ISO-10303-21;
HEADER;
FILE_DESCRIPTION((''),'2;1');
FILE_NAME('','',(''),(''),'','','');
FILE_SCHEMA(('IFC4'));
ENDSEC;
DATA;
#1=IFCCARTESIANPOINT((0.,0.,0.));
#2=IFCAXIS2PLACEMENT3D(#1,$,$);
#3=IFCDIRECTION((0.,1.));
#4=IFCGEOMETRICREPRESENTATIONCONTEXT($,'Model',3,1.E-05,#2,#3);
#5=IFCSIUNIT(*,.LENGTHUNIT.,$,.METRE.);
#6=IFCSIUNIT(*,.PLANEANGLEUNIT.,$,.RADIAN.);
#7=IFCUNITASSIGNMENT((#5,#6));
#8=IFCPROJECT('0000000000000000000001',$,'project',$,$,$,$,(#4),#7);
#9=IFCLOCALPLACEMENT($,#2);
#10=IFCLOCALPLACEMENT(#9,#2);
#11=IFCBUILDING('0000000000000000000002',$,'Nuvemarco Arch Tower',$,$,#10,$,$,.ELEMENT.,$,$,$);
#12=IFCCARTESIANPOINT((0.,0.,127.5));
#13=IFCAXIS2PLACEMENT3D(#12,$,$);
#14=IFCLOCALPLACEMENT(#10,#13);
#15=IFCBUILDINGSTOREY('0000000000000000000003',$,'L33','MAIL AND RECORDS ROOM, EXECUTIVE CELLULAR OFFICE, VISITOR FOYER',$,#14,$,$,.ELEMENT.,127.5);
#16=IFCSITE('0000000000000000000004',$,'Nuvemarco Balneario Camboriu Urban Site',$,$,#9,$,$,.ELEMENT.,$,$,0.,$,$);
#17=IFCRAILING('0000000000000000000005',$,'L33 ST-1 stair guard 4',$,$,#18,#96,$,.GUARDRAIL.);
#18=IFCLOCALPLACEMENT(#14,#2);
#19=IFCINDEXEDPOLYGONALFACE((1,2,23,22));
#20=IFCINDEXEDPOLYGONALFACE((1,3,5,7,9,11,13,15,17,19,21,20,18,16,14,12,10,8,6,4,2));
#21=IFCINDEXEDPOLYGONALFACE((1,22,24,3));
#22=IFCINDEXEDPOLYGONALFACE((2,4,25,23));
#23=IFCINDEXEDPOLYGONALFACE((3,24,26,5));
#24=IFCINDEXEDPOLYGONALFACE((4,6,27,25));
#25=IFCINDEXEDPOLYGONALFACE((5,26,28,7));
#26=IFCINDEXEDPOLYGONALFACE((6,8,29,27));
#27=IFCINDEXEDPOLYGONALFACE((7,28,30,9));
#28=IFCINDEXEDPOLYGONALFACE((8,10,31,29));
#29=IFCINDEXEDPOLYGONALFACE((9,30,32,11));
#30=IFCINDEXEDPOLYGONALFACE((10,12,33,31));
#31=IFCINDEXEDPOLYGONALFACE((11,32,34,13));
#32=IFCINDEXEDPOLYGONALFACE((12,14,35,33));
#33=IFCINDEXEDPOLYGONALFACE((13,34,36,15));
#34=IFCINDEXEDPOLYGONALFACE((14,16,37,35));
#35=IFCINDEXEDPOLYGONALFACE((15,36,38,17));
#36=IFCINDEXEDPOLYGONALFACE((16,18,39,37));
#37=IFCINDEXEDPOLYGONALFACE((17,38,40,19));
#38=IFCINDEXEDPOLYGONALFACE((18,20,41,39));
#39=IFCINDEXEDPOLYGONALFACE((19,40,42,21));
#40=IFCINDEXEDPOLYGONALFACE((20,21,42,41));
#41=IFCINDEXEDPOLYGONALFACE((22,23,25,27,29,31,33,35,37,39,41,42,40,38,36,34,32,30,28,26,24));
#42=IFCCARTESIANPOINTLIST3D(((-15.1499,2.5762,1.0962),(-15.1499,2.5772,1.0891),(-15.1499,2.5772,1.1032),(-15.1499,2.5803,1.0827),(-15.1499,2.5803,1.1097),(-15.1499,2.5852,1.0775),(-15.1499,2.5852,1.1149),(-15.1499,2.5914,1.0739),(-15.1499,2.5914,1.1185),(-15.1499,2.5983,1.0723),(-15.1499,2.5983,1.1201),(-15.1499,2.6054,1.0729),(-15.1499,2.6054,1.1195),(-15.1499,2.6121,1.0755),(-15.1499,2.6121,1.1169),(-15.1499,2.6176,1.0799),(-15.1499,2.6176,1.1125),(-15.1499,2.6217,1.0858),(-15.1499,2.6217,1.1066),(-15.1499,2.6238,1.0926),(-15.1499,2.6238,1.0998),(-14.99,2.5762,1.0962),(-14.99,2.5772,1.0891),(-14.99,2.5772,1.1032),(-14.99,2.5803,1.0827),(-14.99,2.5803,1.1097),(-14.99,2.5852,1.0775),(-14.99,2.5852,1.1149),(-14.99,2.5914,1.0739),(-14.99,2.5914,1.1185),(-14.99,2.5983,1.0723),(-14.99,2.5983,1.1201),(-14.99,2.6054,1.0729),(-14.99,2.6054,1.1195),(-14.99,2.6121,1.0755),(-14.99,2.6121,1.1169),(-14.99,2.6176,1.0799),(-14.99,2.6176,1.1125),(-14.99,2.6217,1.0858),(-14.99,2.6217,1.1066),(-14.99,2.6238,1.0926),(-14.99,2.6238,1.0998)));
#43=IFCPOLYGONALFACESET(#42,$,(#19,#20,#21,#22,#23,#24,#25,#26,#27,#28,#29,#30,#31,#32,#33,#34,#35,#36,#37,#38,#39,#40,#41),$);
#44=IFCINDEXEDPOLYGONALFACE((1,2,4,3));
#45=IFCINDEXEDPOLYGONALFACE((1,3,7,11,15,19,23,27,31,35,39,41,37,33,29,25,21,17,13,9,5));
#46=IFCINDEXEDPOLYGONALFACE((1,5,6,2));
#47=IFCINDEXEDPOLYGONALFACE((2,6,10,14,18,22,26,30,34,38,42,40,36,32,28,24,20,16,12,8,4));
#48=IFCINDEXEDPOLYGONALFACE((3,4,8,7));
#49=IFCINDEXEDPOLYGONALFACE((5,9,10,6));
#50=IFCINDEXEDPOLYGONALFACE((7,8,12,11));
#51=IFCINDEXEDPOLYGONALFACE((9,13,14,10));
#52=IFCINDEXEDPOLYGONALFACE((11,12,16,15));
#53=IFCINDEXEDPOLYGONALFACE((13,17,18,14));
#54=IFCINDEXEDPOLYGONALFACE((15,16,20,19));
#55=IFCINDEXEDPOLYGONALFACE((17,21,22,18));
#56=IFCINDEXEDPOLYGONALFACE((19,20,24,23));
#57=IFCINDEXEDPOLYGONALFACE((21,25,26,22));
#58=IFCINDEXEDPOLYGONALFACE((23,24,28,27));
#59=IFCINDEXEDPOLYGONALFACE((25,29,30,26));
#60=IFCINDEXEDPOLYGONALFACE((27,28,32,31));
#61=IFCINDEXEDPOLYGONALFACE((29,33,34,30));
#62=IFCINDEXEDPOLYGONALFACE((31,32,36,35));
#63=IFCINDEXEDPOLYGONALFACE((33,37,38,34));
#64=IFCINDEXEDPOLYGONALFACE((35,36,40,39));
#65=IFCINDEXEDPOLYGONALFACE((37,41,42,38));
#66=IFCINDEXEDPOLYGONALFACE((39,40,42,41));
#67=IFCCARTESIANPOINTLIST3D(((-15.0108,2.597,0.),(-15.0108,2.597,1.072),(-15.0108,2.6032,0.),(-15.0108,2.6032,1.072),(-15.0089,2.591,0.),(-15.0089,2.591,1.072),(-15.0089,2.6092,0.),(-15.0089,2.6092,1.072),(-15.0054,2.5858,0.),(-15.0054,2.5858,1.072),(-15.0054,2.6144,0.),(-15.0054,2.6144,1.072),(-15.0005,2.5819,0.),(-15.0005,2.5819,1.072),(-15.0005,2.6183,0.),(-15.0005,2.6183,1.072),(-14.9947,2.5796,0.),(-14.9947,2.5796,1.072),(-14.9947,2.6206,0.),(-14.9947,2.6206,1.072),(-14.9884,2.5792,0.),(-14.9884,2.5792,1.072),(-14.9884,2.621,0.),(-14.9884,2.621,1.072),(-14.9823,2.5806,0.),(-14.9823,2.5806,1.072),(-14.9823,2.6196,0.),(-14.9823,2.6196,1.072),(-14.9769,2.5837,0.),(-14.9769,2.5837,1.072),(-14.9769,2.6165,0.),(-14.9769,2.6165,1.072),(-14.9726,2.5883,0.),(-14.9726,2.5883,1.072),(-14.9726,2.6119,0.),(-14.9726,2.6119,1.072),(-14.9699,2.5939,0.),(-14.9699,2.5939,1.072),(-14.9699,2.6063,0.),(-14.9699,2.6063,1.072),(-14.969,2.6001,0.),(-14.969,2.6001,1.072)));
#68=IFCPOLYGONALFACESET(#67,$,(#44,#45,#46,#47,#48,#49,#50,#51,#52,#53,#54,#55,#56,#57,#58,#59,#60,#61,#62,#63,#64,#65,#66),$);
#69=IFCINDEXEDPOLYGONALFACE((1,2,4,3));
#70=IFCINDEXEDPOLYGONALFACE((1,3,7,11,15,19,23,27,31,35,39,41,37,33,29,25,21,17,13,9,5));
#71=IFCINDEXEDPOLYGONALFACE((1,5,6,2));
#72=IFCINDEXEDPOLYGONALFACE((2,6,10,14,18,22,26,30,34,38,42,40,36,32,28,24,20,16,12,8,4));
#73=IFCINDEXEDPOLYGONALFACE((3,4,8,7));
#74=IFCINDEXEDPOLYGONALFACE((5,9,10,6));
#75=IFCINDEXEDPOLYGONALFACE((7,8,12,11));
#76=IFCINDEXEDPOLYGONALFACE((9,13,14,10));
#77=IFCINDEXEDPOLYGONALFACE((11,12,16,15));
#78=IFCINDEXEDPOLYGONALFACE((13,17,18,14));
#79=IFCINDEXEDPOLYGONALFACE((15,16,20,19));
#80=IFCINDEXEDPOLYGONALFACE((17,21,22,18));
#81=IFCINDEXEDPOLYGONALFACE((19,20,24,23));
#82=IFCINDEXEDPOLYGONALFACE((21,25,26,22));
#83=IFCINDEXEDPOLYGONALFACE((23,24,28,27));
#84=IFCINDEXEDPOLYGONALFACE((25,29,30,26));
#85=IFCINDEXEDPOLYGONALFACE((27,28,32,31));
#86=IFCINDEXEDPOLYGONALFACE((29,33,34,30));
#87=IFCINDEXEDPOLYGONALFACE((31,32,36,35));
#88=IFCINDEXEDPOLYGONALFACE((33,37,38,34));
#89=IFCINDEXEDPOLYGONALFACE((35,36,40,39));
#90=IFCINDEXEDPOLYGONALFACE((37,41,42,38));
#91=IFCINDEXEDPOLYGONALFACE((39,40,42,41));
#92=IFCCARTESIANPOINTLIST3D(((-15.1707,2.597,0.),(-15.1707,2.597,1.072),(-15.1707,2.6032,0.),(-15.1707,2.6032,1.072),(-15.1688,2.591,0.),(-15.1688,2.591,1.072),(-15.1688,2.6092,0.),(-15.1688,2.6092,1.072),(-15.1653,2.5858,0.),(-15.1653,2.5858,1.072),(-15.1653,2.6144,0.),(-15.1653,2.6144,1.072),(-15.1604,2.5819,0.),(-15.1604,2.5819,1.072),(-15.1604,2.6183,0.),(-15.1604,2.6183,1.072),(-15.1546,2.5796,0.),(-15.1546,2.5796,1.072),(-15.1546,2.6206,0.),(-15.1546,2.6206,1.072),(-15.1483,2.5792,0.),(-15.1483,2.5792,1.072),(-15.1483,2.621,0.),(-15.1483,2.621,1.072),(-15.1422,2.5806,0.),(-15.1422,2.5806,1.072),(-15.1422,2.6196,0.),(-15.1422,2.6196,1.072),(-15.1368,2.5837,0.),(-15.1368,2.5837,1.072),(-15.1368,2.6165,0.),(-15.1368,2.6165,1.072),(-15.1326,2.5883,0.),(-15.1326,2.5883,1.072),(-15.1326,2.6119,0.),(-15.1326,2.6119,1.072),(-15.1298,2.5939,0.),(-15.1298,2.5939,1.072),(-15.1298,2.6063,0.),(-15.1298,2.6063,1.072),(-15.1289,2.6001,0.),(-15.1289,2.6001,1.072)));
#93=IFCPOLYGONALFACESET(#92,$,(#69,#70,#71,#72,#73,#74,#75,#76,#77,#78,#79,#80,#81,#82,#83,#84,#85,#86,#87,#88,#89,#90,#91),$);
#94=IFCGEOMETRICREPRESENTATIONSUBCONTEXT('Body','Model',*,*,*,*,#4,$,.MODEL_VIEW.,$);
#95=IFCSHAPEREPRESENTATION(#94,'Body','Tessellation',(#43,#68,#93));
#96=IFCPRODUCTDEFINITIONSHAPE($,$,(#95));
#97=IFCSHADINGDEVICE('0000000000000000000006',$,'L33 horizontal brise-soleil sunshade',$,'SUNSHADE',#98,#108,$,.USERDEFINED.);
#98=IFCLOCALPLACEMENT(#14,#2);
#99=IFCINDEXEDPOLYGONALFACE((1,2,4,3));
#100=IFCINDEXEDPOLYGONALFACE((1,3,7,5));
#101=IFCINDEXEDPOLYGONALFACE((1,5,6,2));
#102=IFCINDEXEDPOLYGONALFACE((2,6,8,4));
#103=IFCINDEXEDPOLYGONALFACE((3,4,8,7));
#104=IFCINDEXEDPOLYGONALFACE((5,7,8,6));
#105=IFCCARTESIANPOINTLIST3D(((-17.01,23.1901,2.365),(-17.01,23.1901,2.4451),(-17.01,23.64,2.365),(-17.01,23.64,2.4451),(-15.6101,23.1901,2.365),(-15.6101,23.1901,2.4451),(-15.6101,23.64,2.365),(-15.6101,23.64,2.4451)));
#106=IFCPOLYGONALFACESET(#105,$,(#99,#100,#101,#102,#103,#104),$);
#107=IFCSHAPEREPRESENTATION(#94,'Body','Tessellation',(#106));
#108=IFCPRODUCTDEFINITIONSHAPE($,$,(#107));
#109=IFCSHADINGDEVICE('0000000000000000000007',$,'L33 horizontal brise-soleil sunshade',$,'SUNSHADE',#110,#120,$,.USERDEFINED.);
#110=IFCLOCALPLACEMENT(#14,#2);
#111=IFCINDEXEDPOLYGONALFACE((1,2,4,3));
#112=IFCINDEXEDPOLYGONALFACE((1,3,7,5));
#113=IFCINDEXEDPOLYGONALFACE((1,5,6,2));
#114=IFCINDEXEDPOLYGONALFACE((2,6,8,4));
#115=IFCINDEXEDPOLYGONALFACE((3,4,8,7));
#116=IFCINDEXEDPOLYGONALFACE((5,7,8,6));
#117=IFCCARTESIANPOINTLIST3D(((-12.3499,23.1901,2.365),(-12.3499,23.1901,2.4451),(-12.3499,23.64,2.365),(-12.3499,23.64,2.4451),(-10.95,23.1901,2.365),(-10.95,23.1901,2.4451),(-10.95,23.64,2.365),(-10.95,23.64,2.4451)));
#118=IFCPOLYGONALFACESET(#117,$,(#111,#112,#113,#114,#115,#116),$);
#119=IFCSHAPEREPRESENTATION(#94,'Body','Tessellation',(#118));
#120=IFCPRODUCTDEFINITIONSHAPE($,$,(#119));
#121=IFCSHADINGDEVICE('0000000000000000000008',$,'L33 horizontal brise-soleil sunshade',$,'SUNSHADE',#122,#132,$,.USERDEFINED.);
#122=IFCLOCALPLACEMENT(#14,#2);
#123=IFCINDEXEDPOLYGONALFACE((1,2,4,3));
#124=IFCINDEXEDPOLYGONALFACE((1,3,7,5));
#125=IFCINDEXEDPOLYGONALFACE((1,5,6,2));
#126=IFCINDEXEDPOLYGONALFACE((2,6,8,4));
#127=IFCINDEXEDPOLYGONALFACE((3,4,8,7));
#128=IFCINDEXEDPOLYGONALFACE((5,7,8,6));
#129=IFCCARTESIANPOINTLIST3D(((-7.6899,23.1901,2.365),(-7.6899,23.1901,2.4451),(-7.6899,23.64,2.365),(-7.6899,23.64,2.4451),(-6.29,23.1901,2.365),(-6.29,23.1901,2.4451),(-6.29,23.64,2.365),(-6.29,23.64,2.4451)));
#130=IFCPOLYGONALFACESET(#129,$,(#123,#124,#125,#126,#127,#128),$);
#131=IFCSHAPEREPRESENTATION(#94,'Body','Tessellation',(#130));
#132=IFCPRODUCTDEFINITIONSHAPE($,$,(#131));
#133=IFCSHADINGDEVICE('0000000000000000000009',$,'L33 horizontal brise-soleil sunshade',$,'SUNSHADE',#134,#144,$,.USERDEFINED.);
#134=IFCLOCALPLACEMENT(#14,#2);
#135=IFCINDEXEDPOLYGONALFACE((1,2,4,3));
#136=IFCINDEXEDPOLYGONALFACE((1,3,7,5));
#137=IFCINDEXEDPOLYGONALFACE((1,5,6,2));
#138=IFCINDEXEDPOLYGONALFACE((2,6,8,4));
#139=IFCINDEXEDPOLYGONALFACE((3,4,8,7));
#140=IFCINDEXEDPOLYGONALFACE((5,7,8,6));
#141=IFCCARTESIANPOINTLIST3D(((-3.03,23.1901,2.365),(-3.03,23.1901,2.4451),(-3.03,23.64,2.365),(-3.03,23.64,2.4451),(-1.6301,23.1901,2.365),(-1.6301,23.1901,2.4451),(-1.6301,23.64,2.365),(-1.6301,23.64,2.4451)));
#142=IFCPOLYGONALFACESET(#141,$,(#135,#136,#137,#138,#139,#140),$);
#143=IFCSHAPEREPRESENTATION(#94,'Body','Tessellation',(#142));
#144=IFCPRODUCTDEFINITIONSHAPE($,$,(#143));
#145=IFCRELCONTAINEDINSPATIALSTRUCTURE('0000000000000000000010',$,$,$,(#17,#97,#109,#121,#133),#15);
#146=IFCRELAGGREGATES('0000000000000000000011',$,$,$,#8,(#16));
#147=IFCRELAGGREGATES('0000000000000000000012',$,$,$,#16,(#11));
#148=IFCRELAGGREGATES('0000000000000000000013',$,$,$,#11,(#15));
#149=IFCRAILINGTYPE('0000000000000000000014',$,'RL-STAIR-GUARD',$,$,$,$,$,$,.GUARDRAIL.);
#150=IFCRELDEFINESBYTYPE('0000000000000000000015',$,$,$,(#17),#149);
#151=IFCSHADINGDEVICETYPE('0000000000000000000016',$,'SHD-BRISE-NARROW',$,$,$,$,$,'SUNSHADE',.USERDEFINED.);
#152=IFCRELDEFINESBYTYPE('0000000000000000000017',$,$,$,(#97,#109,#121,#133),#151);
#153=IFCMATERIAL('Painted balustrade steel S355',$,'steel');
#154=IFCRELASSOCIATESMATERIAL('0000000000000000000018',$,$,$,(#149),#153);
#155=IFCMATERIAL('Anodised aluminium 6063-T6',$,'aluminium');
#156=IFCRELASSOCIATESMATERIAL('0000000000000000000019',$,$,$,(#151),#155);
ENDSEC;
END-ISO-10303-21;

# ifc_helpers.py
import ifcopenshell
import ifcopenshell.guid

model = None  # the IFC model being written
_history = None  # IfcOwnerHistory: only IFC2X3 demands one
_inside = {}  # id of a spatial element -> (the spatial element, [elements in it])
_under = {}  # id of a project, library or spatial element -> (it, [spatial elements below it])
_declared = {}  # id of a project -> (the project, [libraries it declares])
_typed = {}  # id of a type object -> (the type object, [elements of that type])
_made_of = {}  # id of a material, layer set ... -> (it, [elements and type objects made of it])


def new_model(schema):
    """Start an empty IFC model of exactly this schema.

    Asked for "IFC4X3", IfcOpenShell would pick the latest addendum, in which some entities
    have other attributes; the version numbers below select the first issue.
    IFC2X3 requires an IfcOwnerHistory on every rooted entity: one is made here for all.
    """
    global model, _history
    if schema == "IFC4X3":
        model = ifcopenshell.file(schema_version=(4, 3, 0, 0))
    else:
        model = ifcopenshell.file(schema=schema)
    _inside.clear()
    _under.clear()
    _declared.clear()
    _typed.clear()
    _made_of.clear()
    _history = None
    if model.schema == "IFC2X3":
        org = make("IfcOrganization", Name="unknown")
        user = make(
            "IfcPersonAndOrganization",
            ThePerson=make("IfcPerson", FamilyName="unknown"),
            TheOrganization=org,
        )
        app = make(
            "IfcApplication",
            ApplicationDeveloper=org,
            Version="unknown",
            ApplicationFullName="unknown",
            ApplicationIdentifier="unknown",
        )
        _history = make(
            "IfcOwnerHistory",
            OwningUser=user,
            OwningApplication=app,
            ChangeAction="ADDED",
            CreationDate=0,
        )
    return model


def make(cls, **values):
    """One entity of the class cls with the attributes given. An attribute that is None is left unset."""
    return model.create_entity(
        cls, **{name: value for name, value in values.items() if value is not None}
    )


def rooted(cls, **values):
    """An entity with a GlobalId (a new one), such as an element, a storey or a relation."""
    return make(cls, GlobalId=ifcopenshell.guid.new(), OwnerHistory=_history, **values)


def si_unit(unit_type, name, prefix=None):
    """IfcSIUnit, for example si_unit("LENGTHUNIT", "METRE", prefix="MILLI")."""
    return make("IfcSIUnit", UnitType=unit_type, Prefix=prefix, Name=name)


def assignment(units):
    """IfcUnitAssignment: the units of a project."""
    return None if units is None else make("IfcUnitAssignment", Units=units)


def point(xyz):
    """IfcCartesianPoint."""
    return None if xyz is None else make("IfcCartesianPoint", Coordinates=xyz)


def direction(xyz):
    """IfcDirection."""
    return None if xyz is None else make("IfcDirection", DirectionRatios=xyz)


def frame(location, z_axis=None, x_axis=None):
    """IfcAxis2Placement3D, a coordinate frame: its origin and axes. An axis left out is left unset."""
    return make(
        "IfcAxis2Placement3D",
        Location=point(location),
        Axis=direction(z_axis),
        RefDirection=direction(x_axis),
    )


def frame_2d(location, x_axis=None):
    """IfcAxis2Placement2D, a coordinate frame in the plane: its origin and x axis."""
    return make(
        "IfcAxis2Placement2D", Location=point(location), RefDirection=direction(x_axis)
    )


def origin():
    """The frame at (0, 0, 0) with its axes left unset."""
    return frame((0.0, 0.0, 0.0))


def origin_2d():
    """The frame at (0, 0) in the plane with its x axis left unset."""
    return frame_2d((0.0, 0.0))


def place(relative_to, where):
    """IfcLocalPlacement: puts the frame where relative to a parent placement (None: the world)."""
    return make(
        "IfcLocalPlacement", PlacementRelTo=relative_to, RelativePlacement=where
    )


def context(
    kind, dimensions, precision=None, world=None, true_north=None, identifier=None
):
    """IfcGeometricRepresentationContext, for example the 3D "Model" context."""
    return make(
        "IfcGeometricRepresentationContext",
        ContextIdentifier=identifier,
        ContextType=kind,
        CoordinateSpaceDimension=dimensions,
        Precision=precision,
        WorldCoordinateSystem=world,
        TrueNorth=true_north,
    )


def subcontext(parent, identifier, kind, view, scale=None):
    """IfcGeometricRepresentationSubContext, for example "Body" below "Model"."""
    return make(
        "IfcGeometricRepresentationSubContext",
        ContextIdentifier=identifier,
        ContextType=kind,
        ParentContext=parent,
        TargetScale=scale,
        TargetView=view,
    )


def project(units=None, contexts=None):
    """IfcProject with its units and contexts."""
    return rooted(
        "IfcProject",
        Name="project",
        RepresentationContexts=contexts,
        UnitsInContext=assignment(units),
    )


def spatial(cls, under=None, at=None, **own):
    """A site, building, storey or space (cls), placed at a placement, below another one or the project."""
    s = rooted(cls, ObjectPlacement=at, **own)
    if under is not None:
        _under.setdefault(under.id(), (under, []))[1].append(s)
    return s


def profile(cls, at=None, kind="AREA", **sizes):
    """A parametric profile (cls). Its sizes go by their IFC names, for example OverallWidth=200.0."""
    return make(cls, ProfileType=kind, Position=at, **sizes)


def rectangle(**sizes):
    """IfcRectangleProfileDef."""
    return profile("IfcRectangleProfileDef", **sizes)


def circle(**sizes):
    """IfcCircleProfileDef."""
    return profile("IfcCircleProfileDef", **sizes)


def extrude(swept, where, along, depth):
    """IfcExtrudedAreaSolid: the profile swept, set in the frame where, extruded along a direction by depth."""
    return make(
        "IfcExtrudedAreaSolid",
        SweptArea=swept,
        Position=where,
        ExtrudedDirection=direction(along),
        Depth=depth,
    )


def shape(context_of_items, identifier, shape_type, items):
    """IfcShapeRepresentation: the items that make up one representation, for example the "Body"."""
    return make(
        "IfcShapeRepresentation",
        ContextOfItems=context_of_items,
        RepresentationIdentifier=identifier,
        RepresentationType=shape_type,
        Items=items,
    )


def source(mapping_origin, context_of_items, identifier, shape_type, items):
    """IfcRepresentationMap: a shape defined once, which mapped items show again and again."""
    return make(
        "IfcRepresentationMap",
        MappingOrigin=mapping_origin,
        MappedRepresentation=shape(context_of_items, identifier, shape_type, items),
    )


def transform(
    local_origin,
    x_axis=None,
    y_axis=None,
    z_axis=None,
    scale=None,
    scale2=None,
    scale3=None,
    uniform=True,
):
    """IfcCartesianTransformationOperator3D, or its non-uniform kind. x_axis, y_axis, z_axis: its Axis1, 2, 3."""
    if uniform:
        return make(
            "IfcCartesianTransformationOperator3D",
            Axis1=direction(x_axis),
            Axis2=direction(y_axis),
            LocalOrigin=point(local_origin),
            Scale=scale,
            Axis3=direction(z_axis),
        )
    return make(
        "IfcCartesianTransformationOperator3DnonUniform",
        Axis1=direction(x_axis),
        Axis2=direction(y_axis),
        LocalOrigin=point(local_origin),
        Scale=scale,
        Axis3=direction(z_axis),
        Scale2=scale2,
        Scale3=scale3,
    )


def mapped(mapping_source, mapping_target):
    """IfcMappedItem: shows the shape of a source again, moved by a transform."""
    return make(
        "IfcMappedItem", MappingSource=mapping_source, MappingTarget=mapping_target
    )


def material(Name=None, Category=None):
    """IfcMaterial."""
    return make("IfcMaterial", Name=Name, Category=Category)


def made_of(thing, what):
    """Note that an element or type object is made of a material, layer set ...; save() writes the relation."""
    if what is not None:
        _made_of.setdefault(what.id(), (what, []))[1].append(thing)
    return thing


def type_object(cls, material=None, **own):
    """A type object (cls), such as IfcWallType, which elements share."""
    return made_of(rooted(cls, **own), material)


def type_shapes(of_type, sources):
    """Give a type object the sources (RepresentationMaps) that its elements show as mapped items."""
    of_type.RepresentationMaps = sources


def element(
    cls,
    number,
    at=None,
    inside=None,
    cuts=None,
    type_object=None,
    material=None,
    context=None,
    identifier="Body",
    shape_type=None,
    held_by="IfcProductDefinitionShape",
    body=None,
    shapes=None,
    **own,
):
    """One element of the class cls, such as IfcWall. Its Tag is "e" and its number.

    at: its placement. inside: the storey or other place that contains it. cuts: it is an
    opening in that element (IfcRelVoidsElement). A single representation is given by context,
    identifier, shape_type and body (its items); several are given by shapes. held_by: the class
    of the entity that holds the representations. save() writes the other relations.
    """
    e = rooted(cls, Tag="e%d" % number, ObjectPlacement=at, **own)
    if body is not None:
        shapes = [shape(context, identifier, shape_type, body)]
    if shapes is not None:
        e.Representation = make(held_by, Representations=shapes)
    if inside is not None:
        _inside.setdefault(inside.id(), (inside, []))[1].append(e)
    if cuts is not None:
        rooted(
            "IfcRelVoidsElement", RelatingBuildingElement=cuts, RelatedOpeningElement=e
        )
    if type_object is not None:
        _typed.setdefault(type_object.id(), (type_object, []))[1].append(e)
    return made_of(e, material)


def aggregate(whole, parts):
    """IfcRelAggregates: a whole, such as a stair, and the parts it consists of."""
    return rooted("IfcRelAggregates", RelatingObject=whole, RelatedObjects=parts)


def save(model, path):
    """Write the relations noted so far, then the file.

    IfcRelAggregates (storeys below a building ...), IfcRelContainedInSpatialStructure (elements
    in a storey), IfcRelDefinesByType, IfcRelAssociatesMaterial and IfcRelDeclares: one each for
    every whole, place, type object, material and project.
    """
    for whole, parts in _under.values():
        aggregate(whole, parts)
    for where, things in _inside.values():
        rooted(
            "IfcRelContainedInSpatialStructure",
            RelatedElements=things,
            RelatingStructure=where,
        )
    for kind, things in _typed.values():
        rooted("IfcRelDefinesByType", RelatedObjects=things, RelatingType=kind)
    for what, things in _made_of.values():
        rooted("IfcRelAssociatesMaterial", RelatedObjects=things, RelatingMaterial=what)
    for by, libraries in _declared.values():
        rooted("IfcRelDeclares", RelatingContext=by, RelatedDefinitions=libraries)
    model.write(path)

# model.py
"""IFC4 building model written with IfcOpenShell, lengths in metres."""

from ifc_helpers import new_model, si_unit, direction, frame, origin, origin_2d, place, context, subcontext, project, spatial, rectangle, circle, extrude, source, transform, mapped, material, type_object, type_shapes, element, save


model = new_model("IFC4")

# Units and contexts
model_context = context("Model", 3, precision=1e-05, world=origin(), true_north=direction((0.0, 1.0)))
body_context = subcontext(model_context, "Body", "Model", "MODEL_VIEW")
ifc_project = project(units=[si_unit("LENGTHUNIT", "METRE"), si_unit("PLANEANGLEUNIT", "RADIAN")], contexts=[model_context])

# Site, building, storey
site_placement = place(None, origin())
site = spatial("IfcSite", under=ifc_project, at=site_placement, Name="Nuvemarco Balneario Camboriu Urban Site", CompositionType="ELEMENT", RefElevation=0.0)
building_placement = place(site_placement, origin())
building = spatial("IfcBuilding", under=site, at=building_placement, Name="Nuvemarco Arch Tower", CompositionType="ELEMENT")
storey_placement = place(building_placement, frame((0.0, 0.0, 127.5)))
storey = spatial("IfcBuildingStorey", under=building, at=storey_placement, Name="L33", Description="MAIL AND RECORDS ROOM, EXECUTIVE CELLULAR OFFICE, VISITOR FOYER", CompositionType="ELEMENT", Elevation=127.5)

# Railing
ifc_material_1 = material(Name="Painted balustrade steel S355", Category="steel")
railing_type_1 = type_object("IfcRailingType", Name="RL-STAIR-GUARD", PredefinedType="GUARDRAIL", material=ifc_material_1)
railing_1_placement = place(storey_placement, frame((-14.99, 2.6001, 0.0)))
element("IfcRailing", 1, at=railing_1_placement, inside=storey, type_object=railing_type_1, Name="L33 ST-1 stair guard 4", PredefinedType="GUARDRAIL", context=body_context, shape_type="SweptSolid", body=[
    extrude(circle(Radius=0.0239, at=origin_2d()), frame((0.0, 0.0, 1.0962), z_axis=(-1.0, 0.0, 0.0), x_axis=(0.0, -1.0, 0.0)), (0.0, 0.0, 1.0), 0.1599),
    extrude(circle(Radius=0.021, at=origin_2d()), origin(), (0.0, 0.0, 1.0), 1.072),
    extrude(circle(Radius=0.021, at=origin_2d()), frame((-0.1599, 0.0, 0.0)), (0.0, 0.0, 1.0), 1.072),
])

# Shading devices
ifc_material_2 = material(Name="Anodised aluminium 6063-T6", Category="aluminium")
shading_device_type = type_object("IfcShadingDeviceType", Name="SHD-BRISE-NARROW", ElementType="SUNSHADE", PredefinedType="USERDEFINED", material=ifc_material_2)
shared_shape_1 = source(origin(), body_context, "Body", "SweptSolid", [
    extrude(rectangle(XDim=1.3999, YDim=0.45, at=origin_2d()), origin(), (0.0, 0.0, 1.0), 0.0801),
])
type_shapes(shading_device_type, [shared_shape_1])
for number, where, z_axis, x_axis, name in (
    (2, (-16.3101, 23.415, 2.365), (0.0, 0.0, 1.0), (1.0, 0.0, 0.0), "L33 horizontal brise-soleil sunshade"),
    (3, (-11.6499, 23.415, 2.365), (0.0, 0.0, 1.0), (1.0, 0.0, 0.0), "L33 horizontal brise-soleil sunshade"),
    (4, (-6.99, 23.415, 2.365), (0.0, 0.0, 1.0), (1.0, 0.0, 0.0), "L33 horizontal brise-soleil sunshade"),
    (5, (-2.3301, 23.415, 2.365), (0.0, 0.0, 1.0), (1.0, 0.0, 0.0), "L33 horizontal brise-soleil sunshade"),
):
    element("IfcShadingDevice", number, at=place(storey_placement, frame(where, z_axis=z_axis, x_axis=x_axis)), inside=storey, type_object=shading_device_type, Name=name, ObjectType="SUNSHADE", PredefinedType="USERDEFINED", context=body_context, shape_type="MappedRepresentation", body=[
        mapped(shared_shape_1, transform((0.0, 0.0, 0.0), scale=1.0)),
    ])

save(model, "model.ifc")
